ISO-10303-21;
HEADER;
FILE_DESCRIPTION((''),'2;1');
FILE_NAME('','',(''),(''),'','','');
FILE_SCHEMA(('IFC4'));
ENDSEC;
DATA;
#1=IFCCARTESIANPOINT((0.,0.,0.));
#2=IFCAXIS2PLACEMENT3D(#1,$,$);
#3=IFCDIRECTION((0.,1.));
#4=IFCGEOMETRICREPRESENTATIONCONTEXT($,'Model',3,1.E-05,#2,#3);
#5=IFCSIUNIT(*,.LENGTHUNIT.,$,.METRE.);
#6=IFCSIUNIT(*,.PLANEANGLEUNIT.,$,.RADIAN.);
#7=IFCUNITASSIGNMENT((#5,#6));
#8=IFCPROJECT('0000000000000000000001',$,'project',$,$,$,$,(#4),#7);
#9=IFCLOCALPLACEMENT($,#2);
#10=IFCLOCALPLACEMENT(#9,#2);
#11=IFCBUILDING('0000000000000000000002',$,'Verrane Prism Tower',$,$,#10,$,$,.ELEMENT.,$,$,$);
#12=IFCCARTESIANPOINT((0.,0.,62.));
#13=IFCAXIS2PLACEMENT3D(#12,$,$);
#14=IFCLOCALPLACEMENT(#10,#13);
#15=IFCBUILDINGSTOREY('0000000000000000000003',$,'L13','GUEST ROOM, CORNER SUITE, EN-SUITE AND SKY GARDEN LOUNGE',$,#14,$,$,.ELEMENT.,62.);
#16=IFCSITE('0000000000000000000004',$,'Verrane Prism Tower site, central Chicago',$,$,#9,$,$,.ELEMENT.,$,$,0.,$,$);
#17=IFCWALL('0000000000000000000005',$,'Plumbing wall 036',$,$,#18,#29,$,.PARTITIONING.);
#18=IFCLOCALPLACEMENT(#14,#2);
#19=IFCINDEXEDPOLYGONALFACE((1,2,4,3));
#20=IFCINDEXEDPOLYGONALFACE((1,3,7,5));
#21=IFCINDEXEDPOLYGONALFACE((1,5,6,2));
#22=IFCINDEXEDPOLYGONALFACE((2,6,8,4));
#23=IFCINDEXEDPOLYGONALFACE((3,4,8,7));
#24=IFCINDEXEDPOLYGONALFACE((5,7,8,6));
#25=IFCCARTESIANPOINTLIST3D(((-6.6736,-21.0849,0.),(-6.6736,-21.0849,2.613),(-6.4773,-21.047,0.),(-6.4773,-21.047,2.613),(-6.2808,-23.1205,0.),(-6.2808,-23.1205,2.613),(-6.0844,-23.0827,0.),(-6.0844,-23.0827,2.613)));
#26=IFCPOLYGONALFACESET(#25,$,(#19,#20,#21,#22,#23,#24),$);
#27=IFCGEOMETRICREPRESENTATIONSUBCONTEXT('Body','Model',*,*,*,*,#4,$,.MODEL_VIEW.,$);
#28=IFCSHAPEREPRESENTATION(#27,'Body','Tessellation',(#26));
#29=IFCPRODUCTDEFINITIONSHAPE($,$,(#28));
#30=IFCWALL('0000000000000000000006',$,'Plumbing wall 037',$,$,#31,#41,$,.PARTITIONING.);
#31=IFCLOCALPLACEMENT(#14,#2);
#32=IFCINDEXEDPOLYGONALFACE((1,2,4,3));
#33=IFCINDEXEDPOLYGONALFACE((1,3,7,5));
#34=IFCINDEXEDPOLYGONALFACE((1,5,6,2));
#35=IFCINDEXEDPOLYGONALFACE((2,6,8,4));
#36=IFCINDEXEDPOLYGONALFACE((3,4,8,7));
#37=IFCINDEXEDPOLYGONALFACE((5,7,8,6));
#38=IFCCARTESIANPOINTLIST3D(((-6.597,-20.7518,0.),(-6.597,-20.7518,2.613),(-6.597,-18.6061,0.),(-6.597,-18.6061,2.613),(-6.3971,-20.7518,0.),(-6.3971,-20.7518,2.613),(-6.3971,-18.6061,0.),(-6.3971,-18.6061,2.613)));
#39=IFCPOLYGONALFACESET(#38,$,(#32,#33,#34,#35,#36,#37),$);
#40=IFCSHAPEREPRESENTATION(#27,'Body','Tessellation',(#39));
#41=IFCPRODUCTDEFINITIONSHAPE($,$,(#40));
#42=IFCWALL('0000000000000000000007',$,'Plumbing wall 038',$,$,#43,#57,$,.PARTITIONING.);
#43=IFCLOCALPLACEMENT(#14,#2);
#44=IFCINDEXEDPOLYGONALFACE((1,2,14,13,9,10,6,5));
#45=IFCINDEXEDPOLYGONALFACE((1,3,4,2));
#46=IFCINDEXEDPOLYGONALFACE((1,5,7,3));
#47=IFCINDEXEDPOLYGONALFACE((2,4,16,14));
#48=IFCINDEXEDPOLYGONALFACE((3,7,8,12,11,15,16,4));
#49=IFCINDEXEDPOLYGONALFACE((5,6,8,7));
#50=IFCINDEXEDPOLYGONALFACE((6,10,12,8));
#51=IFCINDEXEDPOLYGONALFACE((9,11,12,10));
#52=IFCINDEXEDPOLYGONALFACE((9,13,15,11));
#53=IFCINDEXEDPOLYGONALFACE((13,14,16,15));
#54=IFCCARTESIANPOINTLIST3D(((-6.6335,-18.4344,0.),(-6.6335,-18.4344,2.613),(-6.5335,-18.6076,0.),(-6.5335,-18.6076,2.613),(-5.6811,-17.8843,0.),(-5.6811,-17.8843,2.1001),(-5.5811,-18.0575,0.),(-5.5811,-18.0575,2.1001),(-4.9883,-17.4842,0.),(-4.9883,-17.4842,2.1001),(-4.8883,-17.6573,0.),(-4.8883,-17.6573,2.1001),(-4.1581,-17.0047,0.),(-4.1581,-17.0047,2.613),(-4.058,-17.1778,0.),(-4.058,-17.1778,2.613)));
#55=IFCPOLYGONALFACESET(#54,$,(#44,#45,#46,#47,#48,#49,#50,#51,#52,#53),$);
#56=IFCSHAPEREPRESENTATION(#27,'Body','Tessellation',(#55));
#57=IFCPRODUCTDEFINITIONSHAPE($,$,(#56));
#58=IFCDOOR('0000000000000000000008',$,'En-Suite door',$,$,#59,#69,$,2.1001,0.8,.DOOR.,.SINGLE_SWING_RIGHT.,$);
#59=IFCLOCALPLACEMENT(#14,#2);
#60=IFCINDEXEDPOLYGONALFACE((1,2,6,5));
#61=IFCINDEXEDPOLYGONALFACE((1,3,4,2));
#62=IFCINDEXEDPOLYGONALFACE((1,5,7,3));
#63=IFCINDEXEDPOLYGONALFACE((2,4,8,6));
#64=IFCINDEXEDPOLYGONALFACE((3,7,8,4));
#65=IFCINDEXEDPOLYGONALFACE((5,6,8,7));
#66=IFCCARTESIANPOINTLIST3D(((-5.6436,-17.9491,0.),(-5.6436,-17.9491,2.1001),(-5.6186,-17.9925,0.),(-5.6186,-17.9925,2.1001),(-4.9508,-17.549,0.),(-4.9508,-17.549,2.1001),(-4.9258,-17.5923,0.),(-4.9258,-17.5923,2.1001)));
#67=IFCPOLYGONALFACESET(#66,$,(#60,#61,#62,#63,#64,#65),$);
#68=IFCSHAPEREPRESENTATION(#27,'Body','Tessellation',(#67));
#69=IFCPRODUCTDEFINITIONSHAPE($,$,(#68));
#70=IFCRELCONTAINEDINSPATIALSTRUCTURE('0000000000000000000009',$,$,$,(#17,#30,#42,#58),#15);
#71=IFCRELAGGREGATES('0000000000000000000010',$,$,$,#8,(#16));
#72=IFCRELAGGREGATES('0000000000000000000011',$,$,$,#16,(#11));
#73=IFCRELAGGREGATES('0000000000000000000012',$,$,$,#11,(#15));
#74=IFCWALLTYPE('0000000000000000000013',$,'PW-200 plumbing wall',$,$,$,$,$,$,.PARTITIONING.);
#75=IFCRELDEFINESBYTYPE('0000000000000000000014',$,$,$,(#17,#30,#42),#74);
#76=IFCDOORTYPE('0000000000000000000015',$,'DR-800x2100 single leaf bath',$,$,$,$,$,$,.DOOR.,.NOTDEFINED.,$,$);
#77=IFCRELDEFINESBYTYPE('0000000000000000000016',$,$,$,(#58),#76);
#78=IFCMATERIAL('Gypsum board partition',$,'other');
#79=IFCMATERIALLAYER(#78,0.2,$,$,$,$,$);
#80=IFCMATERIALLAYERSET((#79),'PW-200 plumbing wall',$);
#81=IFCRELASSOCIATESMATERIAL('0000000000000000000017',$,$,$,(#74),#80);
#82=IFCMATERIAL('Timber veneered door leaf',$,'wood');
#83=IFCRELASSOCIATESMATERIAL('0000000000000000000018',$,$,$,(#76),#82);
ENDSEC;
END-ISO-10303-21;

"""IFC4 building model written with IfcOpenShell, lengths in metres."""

from ifc_helpers import new_model, si_unit, direction, frame, frame_2d, origin, place, context, subcontext, project, spatial, rectangle, extrude, material, layer, layer_set, type_object, element, fill, save


model = new_model("IFC4")

# Units and contexts
model_context = context("Model", 3, precision=1e-05, world=origin(), true_north=direction((0.0, 1.0)))
body_context = subcontext(model_context, "Body", "Model", "MODEL_VIEW")
ifc_project = project(units=[si_unit("LENGTHUNIT", "METRE"), si_unit("PLANEANGLEUNIT", "RADIAN")], contexts=[model_context])

# Site, building, storey
site_placement = place(None, origin())
site = spatial("IfcSite", under=ifc_project, at=site_placement, Name="Verrane Prism Tower site, central Chicago", CompositionType="ELEMENT", RefElevation=0.0)
building_placement = place(site_placement, origin())
building = spatial("IfcBuilding", under=site, at=building_placement, Name="Verrane Prism Tower", CompositionType="ELEMENT")
storey_placement = place(building_placement, frame((0.0, 0.0, 62.0)))
storey = spatial("IfcBuildingStorey", under=building, at=storey_placement, Name="L13", Description="GUEST ROOM, CORNER SUITE, EN-SUITE AND SKY GARDEN LOUNGE", CompositionType="ELEMENT", Elevation=62.0)

# Shared definitions
ifc_material_1 = material(Name="Gypsum board partition", Category="other")
ifc_layer_1 = layer(ifc_material_1, 0.2)
ifc_layer_set_1 = layer_set([ifc_layer_1], Name="PW-200 plumbing wall")
wall_type_1 = type_object("IfcWallType", Name="PW-200 plumbing wall", PredefinedType="PARTITIONING", material=ifc_layer_set_1)

# Shared definitions
ifc_material_2 = material(Name="Timber veneered door leaf", Category="wood")
door_type_1 = type_object("IfcDoorType", Name="DR-800x2100 single leaf bath", OperationType="NOTDEFINED", PredefinedType="DOOR", material=ifc_material_2)

# Walls
wall_1_placement = place(storey_placement, frame((-6.5754, -21.0659, 0.0), z_axis=(0.0, 0.0, 1.0), x_axis=(0.189476, -0.981885, 0.0)))
element("IfcWall", 1, at=wall_1_placement, inside=storey, type_object=wall_type_1, Name="Plumbing wall 036", PredefinedType="PARTITIONING", context=body_context, shape_type="SweptSolid", body=[
    extrude(rectangle(XDim=2.0732, YDim=0.2, at=frame_2d((1.0366, 0.0))), origin(), (0.0, 0.0, 1.0), 2.613),
])
wall_2_placement = place(storey_placement, frame((-6.4971, -20.7517, 0.0), z_axis=(0.0, 0.0, 1.0), x_axis=(0.0, 1.0, 0.0)))
element("IfcWall", 2, at=wall_2_placement, inside=storey, type_object=wall_type_1, Name="Plumbing wall 037", PredefinedType="PARTITIONING", context=body_context, shape_type="SweptSolid", body=[
    extrude(rectangle(XDim=2.1458, YDim=0.2, at=frame_2d((1.0728, 0.0))), origin(), (0.0, 0.0, 1.0), 2.613),
])

# Wall, opening, door
wall_3_placement = place(storey_placement, frame((-4.1082, -17.0913, 0.0), z_axis=(0.0, 0.0, 1.0), x_axis=(-0.865942, -0.500144, 0.0)))
wall_3 = element("IfcWall", 3, at=wall_3_placement, inside=storey, type_object=wall_type_1, Name="Plumbing wall 038", PredefinedType="PARTITIONING", context=body_context, shape_type="SweptSolid", body=[
    extrude(rectangle(XDim=2.8586, YDim=0.2, at=frame_2d((1.4292, 0.0))), origin(), (0.0, 0.0, 1.0), 2.613),
])
opening_1_placement = place(wall_3_placement, frame((0.9587, 0.0, 0.0)))
opening_1 = element("IfcOpeningElement", 4, at=opening_1_placement, cuts=wall_3, PredefinedType="OPENING", context=body_context, shape_type="SweptSolid", body=[
    extrude(rectangle(XDim=0.8, YDim=2.1001, at=frame_2d((0.3999, 1.05))), frame((0.0, 0.1099, 0.0), z_axis=(0.0, -1.0, 0.0), x_axis=(1.0, 0.0, 0.0)), (0.0, 0.0, 1.0), 0.22),
])
door_1_placement = place(opening_1_placement, origin())
door_1 = element("IfcDoor", 5, at=door_1_placement, inside=storey, type_object=door_type_1, Name="En-Suite door", OperationType="SINGLE_SWING_RIGHT", OverallHeight=2.1001, OverallWidth=0.8, PredefinedType="DOOR", context=body_context, shape_type="SweptSolid", body=[
    extrude(rectangle(XDim=0.8, YDim=2.1001, at=frame_2d((0.3999, 1.05))), frame((0.0, 0.0249, 0.0), z_axis=(0.0, -1.0, 0.0), x_axis=(1.0, 0.0, 0.0)), (0.0, 0.0, 1.0), 0.05),
])
fill(opening_1, door_1)

save(model, "model.ifc")
